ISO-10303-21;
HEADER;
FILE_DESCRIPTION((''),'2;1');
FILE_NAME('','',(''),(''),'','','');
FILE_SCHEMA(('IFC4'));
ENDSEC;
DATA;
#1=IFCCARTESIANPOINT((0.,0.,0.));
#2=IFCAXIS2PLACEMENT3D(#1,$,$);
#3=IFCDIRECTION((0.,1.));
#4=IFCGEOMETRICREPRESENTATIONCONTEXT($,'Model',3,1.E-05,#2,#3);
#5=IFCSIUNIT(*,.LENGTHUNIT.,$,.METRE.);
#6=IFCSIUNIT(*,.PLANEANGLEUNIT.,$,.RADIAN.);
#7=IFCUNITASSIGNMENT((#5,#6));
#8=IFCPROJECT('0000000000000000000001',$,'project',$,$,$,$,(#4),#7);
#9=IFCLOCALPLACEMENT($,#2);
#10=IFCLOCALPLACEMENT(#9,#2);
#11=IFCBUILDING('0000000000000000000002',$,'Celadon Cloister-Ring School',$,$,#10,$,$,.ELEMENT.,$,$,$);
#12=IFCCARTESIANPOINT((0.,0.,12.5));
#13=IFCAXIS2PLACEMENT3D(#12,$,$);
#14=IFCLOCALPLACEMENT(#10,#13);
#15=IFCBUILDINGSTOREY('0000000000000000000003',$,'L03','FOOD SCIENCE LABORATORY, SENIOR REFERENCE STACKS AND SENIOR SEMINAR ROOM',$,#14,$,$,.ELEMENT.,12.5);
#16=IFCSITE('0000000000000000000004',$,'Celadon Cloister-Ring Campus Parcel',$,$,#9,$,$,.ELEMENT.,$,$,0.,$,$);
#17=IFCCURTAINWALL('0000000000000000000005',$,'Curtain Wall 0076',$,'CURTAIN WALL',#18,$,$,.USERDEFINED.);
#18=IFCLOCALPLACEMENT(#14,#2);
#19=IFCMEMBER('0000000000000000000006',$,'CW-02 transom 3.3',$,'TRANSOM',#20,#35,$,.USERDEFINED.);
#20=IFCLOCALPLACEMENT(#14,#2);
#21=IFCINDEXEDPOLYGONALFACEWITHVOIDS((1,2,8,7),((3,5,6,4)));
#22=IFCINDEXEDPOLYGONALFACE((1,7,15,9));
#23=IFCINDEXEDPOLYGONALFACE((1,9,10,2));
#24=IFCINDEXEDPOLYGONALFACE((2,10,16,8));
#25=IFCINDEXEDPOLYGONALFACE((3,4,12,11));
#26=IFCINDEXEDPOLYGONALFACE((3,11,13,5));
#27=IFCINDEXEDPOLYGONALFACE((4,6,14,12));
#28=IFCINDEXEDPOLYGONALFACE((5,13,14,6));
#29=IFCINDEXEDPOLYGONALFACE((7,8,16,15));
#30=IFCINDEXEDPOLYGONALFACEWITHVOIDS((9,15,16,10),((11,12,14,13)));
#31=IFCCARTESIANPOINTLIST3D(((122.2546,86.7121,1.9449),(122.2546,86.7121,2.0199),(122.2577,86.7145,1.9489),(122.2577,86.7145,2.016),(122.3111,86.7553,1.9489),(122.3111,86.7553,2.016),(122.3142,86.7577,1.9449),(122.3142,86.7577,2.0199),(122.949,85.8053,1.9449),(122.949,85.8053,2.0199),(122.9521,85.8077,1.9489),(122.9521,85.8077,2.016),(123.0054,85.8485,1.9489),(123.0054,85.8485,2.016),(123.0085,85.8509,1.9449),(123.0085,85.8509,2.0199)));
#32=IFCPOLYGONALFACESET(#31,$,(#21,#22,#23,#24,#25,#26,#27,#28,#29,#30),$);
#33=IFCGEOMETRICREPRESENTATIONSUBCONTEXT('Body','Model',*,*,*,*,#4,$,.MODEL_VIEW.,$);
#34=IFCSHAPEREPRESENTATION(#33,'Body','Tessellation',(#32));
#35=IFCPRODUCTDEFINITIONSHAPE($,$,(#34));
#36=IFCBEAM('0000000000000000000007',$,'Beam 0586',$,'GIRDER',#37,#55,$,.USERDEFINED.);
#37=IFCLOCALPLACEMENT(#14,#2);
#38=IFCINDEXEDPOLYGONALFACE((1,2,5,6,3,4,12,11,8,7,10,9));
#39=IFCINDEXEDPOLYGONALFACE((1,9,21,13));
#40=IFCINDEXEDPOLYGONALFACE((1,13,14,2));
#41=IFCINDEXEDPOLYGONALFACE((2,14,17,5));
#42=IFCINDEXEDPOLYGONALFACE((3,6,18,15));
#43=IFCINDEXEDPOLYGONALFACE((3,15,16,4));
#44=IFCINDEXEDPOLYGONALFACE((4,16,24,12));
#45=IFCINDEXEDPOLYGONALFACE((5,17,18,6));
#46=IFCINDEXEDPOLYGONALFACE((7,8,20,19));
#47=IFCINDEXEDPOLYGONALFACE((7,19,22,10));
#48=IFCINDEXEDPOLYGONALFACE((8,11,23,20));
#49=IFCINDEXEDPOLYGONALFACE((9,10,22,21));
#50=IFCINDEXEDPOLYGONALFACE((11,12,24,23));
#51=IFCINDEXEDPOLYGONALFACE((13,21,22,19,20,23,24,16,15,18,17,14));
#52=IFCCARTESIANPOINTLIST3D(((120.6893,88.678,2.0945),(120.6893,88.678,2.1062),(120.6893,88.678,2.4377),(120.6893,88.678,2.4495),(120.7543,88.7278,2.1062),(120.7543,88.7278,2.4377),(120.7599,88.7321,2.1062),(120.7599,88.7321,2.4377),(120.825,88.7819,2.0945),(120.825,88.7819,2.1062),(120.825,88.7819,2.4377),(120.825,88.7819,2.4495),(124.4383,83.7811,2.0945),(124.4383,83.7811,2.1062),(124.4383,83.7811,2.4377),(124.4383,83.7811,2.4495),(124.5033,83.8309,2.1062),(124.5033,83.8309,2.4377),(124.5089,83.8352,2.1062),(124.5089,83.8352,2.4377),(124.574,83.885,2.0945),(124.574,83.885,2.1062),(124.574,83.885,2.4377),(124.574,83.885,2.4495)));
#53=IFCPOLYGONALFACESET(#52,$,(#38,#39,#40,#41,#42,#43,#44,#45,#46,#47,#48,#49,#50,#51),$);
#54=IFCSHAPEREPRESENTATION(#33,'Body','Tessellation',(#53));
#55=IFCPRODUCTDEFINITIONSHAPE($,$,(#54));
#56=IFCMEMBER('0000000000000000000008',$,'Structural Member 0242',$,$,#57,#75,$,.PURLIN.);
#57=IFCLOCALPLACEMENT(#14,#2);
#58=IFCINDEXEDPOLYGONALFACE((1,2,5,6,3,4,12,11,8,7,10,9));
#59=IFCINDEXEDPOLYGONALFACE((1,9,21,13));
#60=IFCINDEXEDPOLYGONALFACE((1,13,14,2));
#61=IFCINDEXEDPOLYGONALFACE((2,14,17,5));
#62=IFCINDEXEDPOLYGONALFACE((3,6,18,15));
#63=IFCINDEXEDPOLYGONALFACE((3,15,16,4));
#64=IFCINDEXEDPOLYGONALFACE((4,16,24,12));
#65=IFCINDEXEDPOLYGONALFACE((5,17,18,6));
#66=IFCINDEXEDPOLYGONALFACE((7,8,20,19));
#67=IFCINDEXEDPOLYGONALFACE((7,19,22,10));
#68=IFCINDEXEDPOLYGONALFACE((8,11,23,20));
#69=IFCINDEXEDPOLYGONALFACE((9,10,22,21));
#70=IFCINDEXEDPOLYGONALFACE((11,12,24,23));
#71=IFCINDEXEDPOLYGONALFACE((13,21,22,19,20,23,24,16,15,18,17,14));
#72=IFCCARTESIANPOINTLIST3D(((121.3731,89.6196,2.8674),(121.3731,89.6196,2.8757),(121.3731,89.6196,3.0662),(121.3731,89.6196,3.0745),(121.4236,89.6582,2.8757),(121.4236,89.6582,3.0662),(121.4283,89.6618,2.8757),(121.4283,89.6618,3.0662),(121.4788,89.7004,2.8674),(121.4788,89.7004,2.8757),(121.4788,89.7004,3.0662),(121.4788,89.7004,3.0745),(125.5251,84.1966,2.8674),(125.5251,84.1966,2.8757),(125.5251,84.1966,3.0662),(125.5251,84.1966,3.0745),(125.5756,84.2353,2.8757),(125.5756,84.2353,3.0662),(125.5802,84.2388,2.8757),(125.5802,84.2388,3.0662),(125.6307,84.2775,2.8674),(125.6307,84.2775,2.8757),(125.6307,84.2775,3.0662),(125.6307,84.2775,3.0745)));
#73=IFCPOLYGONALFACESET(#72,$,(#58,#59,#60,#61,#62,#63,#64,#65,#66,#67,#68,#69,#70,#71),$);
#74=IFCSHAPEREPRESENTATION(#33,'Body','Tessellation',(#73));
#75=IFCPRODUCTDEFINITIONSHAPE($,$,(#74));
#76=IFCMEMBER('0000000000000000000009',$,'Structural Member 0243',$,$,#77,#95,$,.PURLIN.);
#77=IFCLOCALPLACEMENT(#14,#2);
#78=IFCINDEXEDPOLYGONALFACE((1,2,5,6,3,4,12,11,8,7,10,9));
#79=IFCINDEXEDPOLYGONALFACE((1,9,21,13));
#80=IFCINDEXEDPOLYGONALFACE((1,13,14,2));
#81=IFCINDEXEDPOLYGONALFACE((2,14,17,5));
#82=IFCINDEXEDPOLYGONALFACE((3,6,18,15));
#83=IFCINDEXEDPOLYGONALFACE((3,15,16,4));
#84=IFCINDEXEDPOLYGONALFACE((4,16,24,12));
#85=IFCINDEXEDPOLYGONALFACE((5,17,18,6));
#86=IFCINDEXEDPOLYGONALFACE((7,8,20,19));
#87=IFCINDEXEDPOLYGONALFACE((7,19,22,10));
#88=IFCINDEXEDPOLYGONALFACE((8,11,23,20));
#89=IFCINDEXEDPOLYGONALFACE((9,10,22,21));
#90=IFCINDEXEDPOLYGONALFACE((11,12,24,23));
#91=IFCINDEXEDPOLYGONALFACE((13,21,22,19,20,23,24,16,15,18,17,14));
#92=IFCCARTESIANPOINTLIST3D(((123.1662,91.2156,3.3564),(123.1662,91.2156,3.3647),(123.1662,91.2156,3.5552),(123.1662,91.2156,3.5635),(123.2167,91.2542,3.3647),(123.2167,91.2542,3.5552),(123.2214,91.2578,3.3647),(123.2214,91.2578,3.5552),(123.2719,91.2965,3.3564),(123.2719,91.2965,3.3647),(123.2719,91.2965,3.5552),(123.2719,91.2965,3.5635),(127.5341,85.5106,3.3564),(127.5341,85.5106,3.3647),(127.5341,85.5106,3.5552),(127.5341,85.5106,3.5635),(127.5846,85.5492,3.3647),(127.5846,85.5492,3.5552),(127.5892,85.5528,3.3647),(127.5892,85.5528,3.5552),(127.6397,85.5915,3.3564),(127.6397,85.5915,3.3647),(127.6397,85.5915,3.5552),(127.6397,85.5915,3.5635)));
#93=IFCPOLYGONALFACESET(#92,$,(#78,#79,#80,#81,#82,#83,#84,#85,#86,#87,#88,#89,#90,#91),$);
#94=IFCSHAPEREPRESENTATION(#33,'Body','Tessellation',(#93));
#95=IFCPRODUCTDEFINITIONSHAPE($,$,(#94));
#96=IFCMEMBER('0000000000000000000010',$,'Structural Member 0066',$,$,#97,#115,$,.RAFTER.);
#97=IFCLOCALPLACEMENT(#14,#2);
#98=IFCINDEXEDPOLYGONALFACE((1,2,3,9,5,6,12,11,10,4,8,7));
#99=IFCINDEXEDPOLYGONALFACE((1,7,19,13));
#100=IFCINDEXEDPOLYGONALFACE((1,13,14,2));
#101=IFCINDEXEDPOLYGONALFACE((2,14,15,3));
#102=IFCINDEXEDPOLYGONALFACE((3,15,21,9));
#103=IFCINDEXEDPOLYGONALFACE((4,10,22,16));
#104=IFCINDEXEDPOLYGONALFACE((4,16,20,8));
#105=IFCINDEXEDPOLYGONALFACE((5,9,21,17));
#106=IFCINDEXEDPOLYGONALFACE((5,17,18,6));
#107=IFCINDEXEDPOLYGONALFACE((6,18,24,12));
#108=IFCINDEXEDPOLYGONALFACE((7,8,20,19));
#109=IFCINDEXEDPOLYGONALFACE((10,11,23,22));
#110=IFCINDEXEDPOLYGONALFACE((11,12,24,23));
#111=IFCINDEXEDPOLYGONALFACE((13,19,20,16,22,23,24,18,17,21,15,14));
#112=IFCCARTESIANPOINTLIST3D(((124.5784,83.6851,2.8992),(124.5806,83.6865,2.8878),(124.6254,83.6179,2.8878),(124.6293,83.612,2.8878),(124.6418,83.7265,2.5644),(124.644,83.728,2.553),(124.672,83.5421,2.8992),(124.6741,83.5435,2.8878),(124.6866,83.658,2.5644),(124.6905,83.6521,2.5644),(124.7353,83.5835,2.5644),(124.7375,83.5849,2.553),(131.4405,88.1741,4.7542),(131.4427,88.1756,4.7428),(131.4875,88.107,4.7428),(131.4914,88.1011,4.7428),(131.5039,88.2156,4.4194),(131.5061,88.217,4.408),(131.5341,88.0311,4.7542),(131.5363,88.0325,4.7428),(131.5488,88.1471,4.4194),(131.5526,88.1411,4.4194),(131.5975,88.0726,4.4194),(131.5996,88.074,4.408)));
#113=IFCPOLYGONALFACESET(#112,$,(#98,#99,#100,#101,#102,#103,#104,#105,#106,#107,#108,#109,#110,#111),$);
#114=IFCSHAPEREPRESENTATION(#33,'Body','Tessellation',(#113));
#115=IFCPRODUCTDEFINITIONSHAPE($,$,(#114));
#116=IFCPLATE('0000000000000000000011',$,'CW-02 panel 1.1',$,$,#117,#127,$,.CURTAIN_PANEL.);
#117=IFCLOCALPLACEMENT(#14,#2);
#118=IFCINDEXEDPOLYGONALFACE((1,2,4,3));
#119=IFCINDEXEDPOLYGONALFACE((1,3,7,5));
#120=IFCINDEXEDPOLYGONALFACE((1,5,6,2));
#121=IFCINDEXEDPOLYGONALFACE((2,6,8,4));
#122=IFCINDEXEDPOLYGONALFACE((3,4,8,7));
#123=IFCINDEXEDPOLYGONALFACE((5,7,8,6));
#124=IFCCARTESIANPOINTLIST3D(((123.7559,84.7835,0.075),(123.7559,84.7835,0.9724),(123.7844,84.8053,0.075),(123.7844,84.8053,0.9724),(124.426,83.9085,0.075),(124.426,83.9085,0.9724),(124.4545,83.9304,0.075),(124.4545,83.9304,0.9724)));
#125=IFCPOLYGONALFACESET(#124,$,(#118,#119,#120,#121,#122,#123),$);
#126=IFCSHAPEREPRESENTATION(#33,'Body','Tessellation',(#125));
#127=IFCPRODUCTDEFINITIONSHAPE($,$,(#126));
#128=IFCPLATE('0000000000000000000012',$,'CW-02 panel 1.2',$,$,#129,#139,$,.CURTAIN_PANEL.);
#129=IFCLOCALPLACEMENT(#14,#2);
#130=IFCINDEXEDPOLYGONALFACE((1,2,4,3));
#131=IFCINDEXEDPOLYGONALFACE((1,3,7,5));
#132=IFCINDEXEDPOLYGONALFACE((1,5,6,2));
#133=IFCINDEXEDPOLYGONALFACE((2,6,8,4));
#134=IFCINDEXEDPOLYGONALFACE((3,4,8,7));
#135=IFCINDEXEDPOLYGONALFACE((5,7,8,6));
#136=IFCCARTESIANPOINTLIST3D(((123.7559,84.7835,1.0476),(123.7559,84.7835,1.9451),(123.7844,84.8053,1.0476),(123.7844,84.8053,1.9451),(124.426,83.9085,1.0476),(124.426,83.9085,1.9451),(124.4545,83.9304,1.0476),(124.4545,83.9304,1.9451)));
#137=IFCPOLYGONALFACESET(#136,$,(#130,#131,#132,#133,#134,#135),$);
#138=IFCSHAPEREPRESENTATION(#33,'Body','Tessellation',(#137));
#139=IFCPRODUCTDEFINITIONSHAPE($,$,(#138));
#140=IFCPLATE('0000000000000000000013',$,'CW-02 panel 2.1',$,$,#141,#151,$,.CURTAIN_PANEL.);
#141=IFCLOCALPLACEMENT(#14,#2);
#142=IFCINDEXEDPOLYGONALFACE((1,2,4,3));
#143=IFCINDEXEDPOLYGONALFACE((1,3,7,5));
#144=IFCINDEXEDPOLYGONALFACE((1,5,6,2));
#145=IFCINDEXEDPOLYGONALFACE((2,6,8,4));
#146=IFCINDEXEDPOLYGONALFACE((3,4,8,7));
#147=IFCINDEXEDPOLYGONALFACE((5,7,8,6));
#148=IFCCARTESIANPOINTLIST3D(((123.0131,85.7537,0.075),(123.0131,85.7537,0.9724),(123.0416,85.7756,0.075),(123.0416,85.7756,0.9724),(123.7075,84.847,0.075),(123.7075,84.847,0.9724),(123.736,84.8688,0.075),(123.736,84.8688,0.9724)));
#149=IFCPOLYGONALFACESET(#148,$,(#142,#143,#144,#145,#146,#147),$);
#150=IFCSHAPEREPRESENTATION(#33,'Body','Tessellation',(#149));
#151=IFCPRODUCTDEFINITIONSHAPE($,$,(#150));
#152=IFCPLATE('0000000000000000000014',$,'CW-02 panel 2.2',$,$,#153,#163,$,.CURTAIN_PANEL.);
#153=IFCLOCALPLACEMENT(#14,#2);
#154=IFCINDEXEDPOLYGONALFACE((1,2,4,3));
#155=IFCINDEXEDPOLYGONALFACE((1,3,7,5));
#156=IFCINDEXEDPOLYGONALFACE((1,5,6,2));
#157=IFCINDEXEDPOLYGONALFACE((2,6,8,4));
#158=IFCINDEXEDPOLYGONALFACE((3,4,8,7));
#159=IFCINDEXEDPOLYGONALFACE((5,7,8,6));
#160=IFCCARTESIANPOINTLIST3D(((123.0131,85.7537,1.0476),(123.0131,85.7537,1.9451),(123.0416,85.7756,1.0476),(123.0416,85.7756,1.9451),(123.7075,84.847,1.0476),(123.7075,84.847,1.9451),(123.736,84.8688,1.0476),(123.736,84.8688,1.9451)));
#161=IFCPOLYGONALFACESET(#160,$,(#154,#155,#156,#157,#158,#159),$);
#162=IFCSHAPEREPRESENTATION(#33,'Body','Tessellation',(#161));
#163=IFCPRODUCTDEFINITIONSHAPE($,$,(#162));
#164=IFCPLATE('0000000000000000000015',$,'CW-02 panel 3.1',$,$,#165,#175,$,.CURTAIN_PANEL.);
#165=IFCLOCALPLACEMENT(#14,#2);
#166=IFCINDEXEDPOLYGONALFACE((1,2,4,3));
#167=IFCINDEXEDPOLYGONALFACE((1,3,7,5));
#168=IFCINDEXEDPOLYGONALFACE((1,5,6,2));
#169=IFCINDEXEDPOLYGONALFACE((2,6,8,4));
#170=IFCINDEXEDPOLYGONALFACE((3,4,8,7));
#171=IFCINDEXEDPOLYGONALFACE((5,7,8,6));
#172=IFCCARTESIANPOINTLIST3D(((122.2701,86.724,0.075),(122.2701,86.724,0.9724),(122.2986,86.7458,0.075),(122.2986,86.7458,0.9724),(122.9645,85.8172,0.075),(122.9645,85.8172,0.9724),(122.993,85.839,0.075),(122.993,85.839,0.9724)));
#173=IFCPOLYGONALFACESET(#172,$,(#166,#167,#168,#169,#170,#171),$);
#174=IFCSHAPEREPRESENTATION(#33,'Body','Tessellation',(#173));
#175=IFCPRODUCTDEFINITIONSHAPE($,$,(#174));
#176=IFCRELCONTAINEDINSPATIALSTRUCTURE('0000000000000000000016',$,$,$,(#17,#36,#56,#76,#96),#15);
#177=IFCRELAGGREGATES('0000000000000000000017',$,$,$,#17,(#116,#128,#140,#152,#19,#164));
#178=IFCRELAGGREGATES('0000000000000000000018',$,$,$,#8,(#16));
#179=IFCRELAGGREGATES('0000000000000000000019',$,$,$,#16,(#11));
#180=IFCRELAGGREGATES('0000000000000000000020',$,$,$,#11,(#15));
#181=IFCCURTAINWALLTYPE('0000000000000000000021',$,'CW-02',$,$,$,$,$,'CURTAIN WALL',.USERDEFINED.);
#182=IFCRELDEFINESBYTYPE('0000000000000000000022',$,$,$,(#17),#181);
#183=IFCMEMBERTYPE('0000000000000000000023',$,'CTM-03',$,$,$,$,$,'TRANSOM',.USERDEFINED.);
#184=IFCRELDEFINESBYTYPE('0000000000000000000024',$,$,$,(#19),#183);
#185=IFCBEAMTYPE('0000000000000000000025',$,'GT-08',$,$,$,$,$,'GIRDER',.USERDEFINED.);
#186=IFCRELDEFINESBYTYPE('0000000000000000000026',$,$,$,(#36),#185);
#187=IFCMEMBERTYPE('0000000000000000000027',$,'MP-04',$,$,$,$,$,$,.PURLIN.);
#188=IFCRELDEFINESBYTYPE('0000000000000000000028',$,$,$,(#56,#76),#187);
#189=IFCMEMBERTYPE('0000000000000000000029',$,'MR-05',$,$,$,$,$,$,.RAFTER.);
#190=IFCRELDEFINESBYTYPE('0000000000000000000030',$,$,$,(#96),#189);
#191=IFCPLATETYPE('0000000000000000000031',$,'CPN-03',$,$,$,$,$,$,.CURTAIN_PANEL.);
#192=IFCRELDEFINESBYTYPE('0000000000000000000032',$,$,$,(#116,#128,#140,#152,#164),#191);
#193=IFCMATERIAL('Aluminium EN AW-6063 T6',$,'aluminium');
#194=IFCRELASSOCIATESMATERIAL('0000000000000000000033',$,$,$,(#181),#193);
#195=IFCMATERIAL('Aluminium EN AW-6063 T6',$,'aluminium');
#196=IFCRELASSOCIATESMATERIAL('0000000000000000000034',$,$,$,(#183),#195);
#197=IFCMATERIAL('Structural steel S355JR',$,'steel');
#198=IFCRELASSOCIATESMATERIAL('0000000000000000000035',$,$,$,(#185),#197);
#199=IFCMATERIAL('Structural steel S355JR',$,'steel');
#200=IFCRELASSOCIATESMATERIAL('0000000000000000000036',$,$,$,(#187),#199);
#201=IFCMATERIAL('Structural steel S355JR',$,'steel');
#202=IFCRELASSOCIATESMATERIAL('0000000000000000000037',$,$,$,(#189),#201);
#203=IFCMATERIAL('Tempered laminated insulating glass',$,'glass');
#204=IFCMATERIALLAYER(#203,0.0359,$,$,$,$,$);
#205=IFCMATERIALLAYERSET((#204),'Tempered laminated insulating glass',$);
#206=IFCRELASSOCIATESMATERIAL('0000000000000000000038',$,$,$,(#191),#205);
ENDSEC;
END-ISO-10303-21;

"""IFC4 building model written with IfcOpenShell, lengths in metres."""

from ifc_helpers import new_model, si_unit, direction, frame, origin, origin_2d, place, context, subcontext, project, spatial, rectangle, hollow_rectangle, i_section, extrude, material, layer, layer_set, material_profile, profile_set, type_object, element, aggregate, save


model = new_model("IFC4")

# Units and contexts
model_context = context("Model", 3, precision=1e-05, world=origin(), true_north=direction((0.0, 1.0)))
body_context = subcontext(model_context, "Body", "Model", "MODEL_VIEW")
ifc_project = project(units=[si_unit("LENGTHUNIT", "METRE"), si_unit("PLANEANGLEUNIT", "RADIAN")], contexts=[model_context])

# Site, building, storey
site_placement = place(None, origin())
site = spatial("IfcSite", under=ifc_project, at=site_placement, Name="Celadon Cloister-Ring Campus Parcel", CompositionType="ELEMENT", RefElevation=0.0)
building_placement = place(site_placement, origin())
building = spatial("IfcBuilding", under=site, at=building_placement, Name="Celadon Cloister-Ring School", CompositionType="ELEMENT")
storey_placement = place(building_placement, frame((0.0, 0.0, 12.5)))
storey = spatial("IfcBuildingStorey", under=building, at=storey_placement, Name="L03", Description="FOOD SCIENCE LABORATORY, SENIOR REFERENCE STACKS AND SENIOR SEMINAR ROOM", CompositionType="ELEMENT", Elevation=12.5)

# Curtain wall, member
ifc_material_1 = material(Name="Aluminium EN AW-6063 T6", Category="aluminium")
curtain_wall_type = type_object("IfcCurtainWallType", Name="CW-02", ElementType="CURTAIN WALL", PredefinedType="USERDEFINED", material=ifc_material_1)
curtain_wall_placement = place(storey_placement, origin())
curtain_wall = element("IfcCurtainWall", 1, at=curtain_wall_placement, inside=storey, type_object=curtain_wall_type, Name="Curtain Wall 0076", ObjectType="CURTAIN WALL", PredefinedType="USERDEFINED")
ifc_material_2 = material(Name="Aluminium EN AW-6063 T6", Category="aluminium")
ifc_material_profile_1 = material_profile(ifc_material_2, hollow_rectangle(XDim=0.075, YDim=0.075, WallThickness=0.0039, at=origin_2d()), Name="RHS75X75X4")
ifc_profile_set_1 = profile_set([ifc_material_profile_1], Name="Aluminium EN AW-6063 T6")
member_type_1 = type_object("IfcMemberType", Name="CTM-03", ElementType="TRANSOM", PredefinedType="USERDEFINED", material=ifc_profile_set_1)
member_1_placement = place(storey_placement, frame((122.9788, 85.8281, 1.9824), z_axis=(-0.607974, 0.793957, 0.0), x_axis=(-0.793957, -0.607974, 0.0)))
member_1 = element("IfcMember", 2, at=member_1_placement, type_object=member_type_1, Name="CW-02 transom 3.3", ObjectType="TRANSOM", PredefinedType="USERDEFINED", context=body_context, shape_type="SweptSolid", body=[
    extrude(hollow_rectangle(XDim=0.075, YDim=0.075, WallThickness=0.0039, at=origin_2d()), origin(), (0.0, 0.0, 1.0), 1.1421),
])

# Beam
ifc_material_3 = material(Name="Structural steel S355JR", Category="steel")
ifc_material_profile_2 = material_profile(ifc_material_3, i_section(OverallWidth=0.1709, OverallDepth=0.355, WebThickness=0.0071, FlangeThickness=0.0117, at=origin_2d()), Name="W360X51")
ifc_profile_set_2 = profile_set([ifc_material_profile_2], Name="Structural steel S355JR")
beam_type = type_object("IfcBeamType", Name="GT-08", ElementType="GIRDER", PredefinedType="USERDEFINED", material=ifc_profile_set_2)
beam_placement = place(storey_placement, frame((124.5061, 83.833, 2.272), z_axis=(-0.607888, 0.794023, 0.0), x_axis=(-0.794023, -0.607888, 0.0)))
element("IfcBeam", 3, at=beam_placement, inside=storey, type_object=beam_type, Name="Beam 0586", ObjectType="GIRDER", PredefinedType="USERDEFINED", context=body_context, shape_type="SweptSolid", body=[
    extrude(i_section(OverallWidth=0.1709, OverallDepth=0.355, WebThickness=0.0071, FlangeThickness=0.0117, at=origin_2d()), origin(), (0.0, 0.0, 1.0), 6.1672),
])

# Members
ifc_material_4 = material(Name="Structural steel S355JR", Category="steel")
ifc_material_profile_3 = material_profile(ifc_material_4, i_section(OverallWidth=0.1331, OverallDepth=0.207, WebThickness=0.0059, FlangeThickness=0.0083, at=origin_2d()), Name="W200X27")
ifc_profile_set_3 = profile_set([ifc_material_profile_3], Name="Structural steel S355JR")
member_type_2 = type_object("IfcMemberType", Name="MP-04", PredefinedType="PURLIN", material=ifc_profile_set_3)
member_2_placement = place(storey_placement, frame((125.5779, 84.2371, 2.9709), z_axis=(-0.607909, 0.794007, 0.0), x_axis=(-0.794007, -0.607909, 0.0)))
element("IfcMember", 4, at=member_2_placement, inside=storey, type_object=member_type_2, Name="Structural Member 0242", PredefinedType="PURLIN", context=body_context, shape_type="SweptSolid", body=[
    extrude(i_section(OverallWidth=0.1331, OverallDepth=0.207, WebThickness=0.0059, FlangeThickness=0.0083, at=origin_2d()), origin(), (0.0, 0.0, 1.0), 6.8298),
])
member_3_placement = place(storey_placement, frame((127.5869, 85.551, 3.46), z_axis=(-0.607908, 0.794008, 0.0), x_axis=(-0.794008, -0.607908, 0.0)))
element("IfcMember", 5, at=member_3_placement, inside=storey, type_object=member_type_2, Name="Structural Member 0243", PredefinedType="PURLIN", context=body_context, shape_type="SweptSolid", body=[
    extrude(i_section(OverallWidth=0.1331, OverallDepth=0.207, WebThickness=0.0059, FlangeThickness=0.0083, at=origin_2d()), origin(), (0.0, 0.0, 1.0), 7.1851),
])
ifc_material_5 = material(Name="Structural steel S355JR", Category="steel")
ifc_material_profile_4 = material_profile(ifc_material_5, i_section(OverallWidth=0.1709, OverallDepth=0.355, WebThickness=0.0071, FlangeThickness=0.0117, at=origin_2d()), Name="W360X51")
ifc_profile_set_4 = profile_set([ifc_material_profile_4], Name="Structural steel S355JR")
member_type_3 = type_object("IfcMemberType", Name="MR-05", PredefinedType="RAFTER", material=ifc_profile_set_4)
member_4_placement = place(storey_placement, frame((124.658, 83.635, 2.7261), z_axis=(0.816218, 0.533952, 0.220643), x_axis=(-0.547444, 0.836842, 0.0)))
element("IfcMember", 6, at=member_4_placement, inside=storey, type_object=member_type_3, Name="Structural Member 0066", PredefinedType="RAFTER", context=body_context, shape_type="SweptSolid", body=[
    extrude(i_section(OverallWidth=0.1709, OverallDepth=0.355, WebThickness=0.0071, FlangeThickness=0.0117, at=origin_2d()), origin(), (0.0, 0.0, 1.0), 8.4072),
])

# Plates
ifc_material_6 = material(Name="Tempered laminated insulating glass", Category="glass")
ifc_layer_1 = layer(ifc_material_6, 0.0359)
ifc_layer_set_1 = layer_set([ifc_layer_1], Name="Tempered laminated insulating glass")
plate_type = type_object("IfcPlateType", Name="CPN-03", PredefinedType="CURTAIN_PANEL", material=ifc_layer_set_1)
plate_1_placement = place(storey_placement, frame((124.1052, 84.3569, 0.075), z_axis=(0.0, 0.0, 1.0), x_axis=(-0.608009, 0.79393, 0.0)))
plate_1 = element("IfcPlate", 7, at=plate_1_placement, type_object=plate_type, Name="CW-02 panel 1.1", PredefinedType="CURTAIN_PANEL", context=body_context, shape_type="SweptSolid", body=[
    extrude(rectangle(XDim=1.1021, YDim=0.0359, at=origin_2d()), origin(), (0.0, 0.0, 1.0), 0.8975),
])
plate_2_placement = place(storey_placement, frame((124.1052, 84.3569, 1.0476), z_axis=(0.0, 0.0, 1.0), x_axis=(-0.608009, 0.79393, 0.0)))
plate_2 = element("IfcPlate", 8, at=plate_2_placement, type_object=plate_type, Name="CW-02 panel 1.2", PredefinedType="CURTAIN_PANEL", context=body_context, shape_type="SweptSolid", body=[
    extrude(rectangle(XDim=1.1021, YDim=0.0359, at=origin_2d()), origin(), (0.0, 0.0, 1.0), 0.8975),
])
plate_3_placement = place(storey_placement, frame((123.3745, 85.3113, 0.075), z_axis=(0.0, 0.0, 1.0), x_axis=(-0.608009, 0.79393, 0.0)))
plate_3 = element("IfcPlate", 9, at=plate_3_placement, type_object=plate_type, Name="CW-02 panel 2.1", PredefinedType="CURTAIN_PANEL", context=body_context, shape_type="SweptSolid", body=[
    extrude(rectangle(XDim=1.1421, YDim=0.0359, at=origin_2d()), origin(), (0.0, 0.0, 1.0), 0.8975),
])
plate_4_placement = place(storey_placement, frame((123.3745, 85.3113, 1.0476), z_axis=(0.0, 0.0, 1.0), x_axis=(-0.608009, 0.79393, 0.0)))
plate_4 = element("IfcPlate", 10, at=plate_4_placement, type_object=plate_type, Name="CW-02 panel 2.2", PredefinedType="CURTAIN_PANEL", context=body_context, shape_type="SweptSolid", body=[
    extrude(rectangle(XDim=1.1421, YDim=0.0359, at=origin_2d()), origin(), (0.0, 0.0, 1.0), 0.8975),
])
plate_5_placement = place(storey_placement, frame((122.6316, 86.2815, 0.075), z_axis=(0.0, 0.0, 1.0), x_axis=(-0.608009, 0.79393, 0.0)))
plate_5 = element("IfcPlate", 11, at=plate_5_placement, type_object=plate_type, Name="CW-02 panel 3.1", PredefinedType="CURTAIN_PANEL", context=body_context, shape_type="SweptSolid", body=[
    extrude(rectangle(XDim=1.1421, YDim=0.0359, at=origin_2d()), origin(), (0.0, 0.0, 1.0), 0.8975),
])
aggregate(curtain_wall, [plate_1, plate_2, plate_3, plate_4, member_1, plate_5])

save(model, "model.ifc")
